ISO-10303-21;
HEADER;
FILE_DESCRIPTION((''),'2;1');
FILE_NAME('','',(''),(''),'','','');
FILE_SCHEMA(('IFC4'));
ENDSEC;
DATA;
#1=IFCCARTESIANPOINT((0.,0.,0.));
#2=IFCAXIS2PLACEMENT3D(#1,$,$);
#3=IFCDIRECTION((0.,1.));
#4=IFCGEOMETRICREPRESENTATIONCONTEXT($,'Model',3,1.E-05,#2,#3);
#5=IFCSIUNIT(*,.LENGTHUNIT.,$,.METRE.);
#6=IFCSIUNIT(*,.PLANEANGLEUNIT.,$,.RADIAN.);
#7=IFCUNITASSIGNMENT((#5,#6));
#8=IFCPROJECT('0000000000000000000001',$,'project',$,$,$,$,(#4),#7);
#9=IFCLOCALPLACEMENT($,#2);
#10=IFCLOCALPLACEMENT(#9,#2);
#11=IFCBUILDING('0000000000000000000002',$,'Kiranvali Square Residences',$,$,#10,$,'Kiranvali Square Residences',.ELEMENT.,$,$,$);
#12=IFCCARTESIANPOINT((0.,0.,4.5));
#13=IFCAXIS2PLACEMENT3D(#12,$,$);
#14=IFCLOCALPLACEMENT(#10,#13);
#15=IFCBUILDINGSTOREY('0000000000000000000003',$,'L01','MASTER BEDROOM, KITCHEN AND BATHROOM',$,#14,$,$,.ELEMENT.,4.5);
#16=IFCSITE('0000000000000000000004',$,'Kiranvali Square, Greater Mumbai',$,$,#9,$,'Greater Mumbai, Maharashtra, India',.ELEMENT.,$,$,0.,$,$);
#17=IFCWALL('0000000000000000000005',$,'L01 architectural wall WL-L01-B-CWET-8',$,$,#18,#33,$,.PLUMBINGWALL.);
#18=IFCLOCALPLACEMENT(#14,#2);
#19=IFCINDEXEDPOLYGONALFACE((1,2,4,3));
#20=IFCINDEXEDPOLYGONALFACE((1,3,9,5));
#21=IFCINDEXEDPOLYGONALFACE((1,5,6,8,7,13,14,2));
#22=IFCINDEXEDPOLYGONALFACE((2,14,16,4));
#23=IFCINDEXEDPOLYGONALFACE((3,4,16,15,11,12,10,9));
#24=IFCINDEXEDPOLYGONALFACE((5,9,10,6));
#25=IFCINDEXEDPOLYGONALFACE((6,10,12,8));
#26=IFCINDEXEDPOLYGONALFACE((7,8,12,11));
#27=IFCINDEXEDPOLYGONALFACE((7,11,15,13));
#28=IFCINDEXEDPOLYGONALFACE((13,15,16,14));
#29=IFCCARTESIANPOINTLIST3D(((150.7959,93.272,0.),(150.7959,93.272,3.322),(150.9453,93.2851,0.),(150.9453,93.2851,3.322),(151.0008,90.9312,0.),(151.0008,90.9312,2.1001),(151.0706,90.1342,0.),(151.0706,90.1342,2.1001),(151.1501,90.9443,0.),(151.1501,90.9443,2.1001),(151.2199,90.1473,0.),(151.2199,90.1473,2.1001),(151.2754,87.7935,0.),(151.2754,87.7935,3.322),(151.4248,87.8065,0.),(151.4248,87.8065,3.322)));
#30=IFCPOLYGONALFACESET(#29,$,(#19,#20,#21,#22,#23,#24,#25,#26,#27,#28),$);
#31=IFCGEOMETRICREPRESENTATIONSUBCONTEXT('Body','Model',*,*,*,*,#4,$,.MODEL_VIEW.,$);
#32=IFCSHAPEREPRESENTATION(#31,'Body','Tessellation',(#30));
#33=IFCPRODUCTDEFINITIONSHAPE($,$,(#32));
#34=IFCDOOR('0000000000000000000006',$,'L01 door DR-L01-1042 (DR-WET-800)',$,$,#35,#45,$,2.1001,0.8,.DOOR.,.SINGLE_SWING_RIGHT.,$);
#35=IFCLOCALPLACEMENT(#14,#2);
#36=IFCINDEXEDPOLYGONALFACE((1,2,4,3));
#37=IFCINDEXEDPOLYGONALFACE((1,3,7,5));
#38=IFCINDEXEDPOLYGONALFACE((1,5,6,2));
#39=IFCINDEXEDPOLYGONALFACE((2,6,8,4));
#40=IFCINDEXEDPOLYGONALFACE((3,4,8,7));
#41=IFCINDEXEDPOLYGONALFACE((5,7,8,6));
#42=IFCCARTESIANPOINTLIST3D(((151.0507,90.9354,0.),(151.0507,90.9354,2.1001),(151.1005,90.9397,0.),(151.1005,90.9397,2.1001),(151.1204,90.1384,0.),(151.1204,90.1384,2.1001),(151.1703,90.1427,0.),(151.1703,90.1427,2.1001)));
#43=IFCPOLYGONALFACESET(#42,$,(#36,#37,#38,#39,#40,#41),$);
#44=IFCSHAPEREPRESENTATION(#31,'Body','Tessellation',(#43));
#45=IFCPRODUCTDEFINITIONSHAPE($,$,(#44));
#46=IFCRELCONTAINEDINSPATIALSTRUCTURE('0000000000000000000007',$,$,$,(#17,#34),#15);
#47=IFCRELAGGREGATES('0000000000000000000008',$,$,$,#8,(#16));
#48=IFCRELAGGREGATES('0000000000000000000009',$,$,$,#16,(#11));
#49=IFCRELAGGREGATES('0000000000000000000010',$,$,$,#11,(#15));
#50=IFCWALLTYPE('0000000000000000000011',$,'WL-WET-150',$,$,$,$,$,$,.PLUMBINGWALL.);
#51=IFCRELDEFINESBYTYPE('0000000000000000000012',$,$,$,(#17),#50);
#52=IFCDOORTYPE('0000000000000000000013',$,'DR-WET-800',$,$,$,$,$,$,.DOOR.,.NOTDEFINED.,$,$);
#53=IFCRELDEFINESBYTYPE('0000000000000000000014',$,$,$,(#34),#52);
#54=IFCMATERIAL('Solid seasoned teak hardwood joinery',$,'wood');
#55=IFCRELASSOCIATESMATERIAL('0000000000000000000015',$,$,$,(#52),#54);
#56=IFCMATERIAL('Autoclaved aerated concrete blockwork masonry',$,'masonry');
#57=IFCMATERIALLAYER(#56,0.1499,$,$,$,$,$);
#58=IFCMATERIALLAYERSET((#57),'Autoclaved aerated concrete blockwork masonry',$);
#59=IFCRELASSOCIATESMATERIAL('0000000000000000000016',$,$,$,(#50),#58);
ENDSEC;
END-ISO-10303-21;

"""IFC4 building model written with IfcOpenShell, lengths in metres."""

from ifc_helpers import new_model, si_unit, direction, frame, frame_2d, origin, place, context, subcontext, project, spatial, rectangle, extrude, material, layer, layer_set, type_object, element, fill, save


model = new_model("IFC4")

# Units and contexts
model_context = context("Model", 3, precision=1e-05, world=origin(), true_north=direction((0.0, 1.0)))
body_context = subcontext(model_context, "Body", "Model", "MODEL_VIEW")
ifc_project = project(units=[si_unit("LENGTHUNIT", "METRE"), si_unit("PLANEANGLEUNIT", "RADIAN")], contexts=[model_context])

# Site, building, storey
site_placement = place(None, origin())
site = spatial("IfcSite", under=ifc_project, at=site_placement, Name="Kiranvali Square, Greater Mumbai", LongName="Greater Mumbai, Maharashtra, India", CompositionType="ELEMENT", RefElevation=0.0)
building_placement = place(site_placement, origin())
building = spatial("IfcBuilding", under=site, at=building_placement, Name="Kiranvali Square Residences", LongName="Kiranvali Square Residences", CompositionType="ELEMENT")
storey_placement = place(building_placement, frame((0.0, 0.0, 4.5)))
storey = spatial("IfcBuildingStorey", under=building, at=storey_placement, Name="L01", Description="MASTER BEDROOM, KITCHEN AND BATHROOM", CompositionType="ELEMENT", Elevation=4.5)

# Shared definitions
ifc_material_1 = material(Name="Autoclaved aerated concrete blockwork masonry", Category="masonry")

# Wall, opening, door
ifc_material_2 = material(Name="Solid seasoned teak hardwood joinery", Category="wood")
door_type_1 = type_object("IfcDoorType", Name="DR-WET-800", OperationType="NOTDEFINED", PredefinedType="DOOR", material=ifc_material_2)
ifc_layer_1 = layer(ifc_material_1, 0.1499)
ifc_layer_set_1 = layer_set([ifc_layer_1], Name="Autoclaved aerated concrete blockwork masonry")
wall_type_1 = type_object("IfcWallType", Name="WL-WET-150", PredefinedType="PLUMBINGWALL", material=ifc_layer_set_1)
wall_1_placement = place(storey_placement, frame((150.8706, 93.2786, 0.0), z_axis=(0.0, 0.0, 1.0), x_axis=(0.087189, -0.996192, 0.0)))
wall_1 = element("IfcWall", 1, at=wall_1_placement, inside=storey, type_object=wall_type_1, Name="L01 architectural wall WL-L01-B-CWET-8", PredefinedType="PLUMBINGWALL", context=body_context, shape_type="SweptSolid", body=[
    extrude(rectangle(XDim=5.4995, YDim=0.1499, at=frame_2d((2.7498, 0.0))), origin(), (0.0, 0.0, 1.0), 3.322),
])
opening_1_placement = place(wall_1_placement, frame((2.3499, 0.0, 0.0)))
opening_1 = element("IfcOpeningElement", 2, at=opening_1_placement, cuts=wall_1, PredefinedType="OPENING", context=body_context, shape_type="SweptSolid", body=[
    extrude(rectangle(XDim=0.8, YDim=2.1001, at=frame_2d((0.3999, 1.05))), frame((0.0, 0.085, 0.0), z_axis=(0.0, -1.0, 0.0), x_axis=(1.0, 0.0, 0.0)), (0.0, 0.0, 1.0), 0.1699),
])
door_1_placement = place(opening_1_placement, frame((0.8, 0.0, 0.0), z_axis=(0.0, 0.0, 1.0), x_axis=(-1.0, 0.0, 0.0)))
door_1 = element("IfcDoor", 3, at=door_1_placement, inside=storey, type_object=door_type_1, Name="L01 door DR-L01-1042 (DR-WET-800)", OperationType="SINGLE_SWING_RIGHT", OverallHeight=2.1001, OverallWidth=0.8, PredefinedType="DOOR", context=body_context, shape_type="SweptSolid", body=[
    extrude(rectangle(XDim=0.8, YDim=2.1001, at=frame_2d((0.3999, 1.05))), frame((0.0, 0.0249, 0.0), z_axis=(0.0, -1.0, 0.0), x_axis=(1.0, 0.0, 0.0)), (0.0, 0.0, 1.0), 0.05),
])
fill(opening_1, door_1)

save(model, "model.ifc")
